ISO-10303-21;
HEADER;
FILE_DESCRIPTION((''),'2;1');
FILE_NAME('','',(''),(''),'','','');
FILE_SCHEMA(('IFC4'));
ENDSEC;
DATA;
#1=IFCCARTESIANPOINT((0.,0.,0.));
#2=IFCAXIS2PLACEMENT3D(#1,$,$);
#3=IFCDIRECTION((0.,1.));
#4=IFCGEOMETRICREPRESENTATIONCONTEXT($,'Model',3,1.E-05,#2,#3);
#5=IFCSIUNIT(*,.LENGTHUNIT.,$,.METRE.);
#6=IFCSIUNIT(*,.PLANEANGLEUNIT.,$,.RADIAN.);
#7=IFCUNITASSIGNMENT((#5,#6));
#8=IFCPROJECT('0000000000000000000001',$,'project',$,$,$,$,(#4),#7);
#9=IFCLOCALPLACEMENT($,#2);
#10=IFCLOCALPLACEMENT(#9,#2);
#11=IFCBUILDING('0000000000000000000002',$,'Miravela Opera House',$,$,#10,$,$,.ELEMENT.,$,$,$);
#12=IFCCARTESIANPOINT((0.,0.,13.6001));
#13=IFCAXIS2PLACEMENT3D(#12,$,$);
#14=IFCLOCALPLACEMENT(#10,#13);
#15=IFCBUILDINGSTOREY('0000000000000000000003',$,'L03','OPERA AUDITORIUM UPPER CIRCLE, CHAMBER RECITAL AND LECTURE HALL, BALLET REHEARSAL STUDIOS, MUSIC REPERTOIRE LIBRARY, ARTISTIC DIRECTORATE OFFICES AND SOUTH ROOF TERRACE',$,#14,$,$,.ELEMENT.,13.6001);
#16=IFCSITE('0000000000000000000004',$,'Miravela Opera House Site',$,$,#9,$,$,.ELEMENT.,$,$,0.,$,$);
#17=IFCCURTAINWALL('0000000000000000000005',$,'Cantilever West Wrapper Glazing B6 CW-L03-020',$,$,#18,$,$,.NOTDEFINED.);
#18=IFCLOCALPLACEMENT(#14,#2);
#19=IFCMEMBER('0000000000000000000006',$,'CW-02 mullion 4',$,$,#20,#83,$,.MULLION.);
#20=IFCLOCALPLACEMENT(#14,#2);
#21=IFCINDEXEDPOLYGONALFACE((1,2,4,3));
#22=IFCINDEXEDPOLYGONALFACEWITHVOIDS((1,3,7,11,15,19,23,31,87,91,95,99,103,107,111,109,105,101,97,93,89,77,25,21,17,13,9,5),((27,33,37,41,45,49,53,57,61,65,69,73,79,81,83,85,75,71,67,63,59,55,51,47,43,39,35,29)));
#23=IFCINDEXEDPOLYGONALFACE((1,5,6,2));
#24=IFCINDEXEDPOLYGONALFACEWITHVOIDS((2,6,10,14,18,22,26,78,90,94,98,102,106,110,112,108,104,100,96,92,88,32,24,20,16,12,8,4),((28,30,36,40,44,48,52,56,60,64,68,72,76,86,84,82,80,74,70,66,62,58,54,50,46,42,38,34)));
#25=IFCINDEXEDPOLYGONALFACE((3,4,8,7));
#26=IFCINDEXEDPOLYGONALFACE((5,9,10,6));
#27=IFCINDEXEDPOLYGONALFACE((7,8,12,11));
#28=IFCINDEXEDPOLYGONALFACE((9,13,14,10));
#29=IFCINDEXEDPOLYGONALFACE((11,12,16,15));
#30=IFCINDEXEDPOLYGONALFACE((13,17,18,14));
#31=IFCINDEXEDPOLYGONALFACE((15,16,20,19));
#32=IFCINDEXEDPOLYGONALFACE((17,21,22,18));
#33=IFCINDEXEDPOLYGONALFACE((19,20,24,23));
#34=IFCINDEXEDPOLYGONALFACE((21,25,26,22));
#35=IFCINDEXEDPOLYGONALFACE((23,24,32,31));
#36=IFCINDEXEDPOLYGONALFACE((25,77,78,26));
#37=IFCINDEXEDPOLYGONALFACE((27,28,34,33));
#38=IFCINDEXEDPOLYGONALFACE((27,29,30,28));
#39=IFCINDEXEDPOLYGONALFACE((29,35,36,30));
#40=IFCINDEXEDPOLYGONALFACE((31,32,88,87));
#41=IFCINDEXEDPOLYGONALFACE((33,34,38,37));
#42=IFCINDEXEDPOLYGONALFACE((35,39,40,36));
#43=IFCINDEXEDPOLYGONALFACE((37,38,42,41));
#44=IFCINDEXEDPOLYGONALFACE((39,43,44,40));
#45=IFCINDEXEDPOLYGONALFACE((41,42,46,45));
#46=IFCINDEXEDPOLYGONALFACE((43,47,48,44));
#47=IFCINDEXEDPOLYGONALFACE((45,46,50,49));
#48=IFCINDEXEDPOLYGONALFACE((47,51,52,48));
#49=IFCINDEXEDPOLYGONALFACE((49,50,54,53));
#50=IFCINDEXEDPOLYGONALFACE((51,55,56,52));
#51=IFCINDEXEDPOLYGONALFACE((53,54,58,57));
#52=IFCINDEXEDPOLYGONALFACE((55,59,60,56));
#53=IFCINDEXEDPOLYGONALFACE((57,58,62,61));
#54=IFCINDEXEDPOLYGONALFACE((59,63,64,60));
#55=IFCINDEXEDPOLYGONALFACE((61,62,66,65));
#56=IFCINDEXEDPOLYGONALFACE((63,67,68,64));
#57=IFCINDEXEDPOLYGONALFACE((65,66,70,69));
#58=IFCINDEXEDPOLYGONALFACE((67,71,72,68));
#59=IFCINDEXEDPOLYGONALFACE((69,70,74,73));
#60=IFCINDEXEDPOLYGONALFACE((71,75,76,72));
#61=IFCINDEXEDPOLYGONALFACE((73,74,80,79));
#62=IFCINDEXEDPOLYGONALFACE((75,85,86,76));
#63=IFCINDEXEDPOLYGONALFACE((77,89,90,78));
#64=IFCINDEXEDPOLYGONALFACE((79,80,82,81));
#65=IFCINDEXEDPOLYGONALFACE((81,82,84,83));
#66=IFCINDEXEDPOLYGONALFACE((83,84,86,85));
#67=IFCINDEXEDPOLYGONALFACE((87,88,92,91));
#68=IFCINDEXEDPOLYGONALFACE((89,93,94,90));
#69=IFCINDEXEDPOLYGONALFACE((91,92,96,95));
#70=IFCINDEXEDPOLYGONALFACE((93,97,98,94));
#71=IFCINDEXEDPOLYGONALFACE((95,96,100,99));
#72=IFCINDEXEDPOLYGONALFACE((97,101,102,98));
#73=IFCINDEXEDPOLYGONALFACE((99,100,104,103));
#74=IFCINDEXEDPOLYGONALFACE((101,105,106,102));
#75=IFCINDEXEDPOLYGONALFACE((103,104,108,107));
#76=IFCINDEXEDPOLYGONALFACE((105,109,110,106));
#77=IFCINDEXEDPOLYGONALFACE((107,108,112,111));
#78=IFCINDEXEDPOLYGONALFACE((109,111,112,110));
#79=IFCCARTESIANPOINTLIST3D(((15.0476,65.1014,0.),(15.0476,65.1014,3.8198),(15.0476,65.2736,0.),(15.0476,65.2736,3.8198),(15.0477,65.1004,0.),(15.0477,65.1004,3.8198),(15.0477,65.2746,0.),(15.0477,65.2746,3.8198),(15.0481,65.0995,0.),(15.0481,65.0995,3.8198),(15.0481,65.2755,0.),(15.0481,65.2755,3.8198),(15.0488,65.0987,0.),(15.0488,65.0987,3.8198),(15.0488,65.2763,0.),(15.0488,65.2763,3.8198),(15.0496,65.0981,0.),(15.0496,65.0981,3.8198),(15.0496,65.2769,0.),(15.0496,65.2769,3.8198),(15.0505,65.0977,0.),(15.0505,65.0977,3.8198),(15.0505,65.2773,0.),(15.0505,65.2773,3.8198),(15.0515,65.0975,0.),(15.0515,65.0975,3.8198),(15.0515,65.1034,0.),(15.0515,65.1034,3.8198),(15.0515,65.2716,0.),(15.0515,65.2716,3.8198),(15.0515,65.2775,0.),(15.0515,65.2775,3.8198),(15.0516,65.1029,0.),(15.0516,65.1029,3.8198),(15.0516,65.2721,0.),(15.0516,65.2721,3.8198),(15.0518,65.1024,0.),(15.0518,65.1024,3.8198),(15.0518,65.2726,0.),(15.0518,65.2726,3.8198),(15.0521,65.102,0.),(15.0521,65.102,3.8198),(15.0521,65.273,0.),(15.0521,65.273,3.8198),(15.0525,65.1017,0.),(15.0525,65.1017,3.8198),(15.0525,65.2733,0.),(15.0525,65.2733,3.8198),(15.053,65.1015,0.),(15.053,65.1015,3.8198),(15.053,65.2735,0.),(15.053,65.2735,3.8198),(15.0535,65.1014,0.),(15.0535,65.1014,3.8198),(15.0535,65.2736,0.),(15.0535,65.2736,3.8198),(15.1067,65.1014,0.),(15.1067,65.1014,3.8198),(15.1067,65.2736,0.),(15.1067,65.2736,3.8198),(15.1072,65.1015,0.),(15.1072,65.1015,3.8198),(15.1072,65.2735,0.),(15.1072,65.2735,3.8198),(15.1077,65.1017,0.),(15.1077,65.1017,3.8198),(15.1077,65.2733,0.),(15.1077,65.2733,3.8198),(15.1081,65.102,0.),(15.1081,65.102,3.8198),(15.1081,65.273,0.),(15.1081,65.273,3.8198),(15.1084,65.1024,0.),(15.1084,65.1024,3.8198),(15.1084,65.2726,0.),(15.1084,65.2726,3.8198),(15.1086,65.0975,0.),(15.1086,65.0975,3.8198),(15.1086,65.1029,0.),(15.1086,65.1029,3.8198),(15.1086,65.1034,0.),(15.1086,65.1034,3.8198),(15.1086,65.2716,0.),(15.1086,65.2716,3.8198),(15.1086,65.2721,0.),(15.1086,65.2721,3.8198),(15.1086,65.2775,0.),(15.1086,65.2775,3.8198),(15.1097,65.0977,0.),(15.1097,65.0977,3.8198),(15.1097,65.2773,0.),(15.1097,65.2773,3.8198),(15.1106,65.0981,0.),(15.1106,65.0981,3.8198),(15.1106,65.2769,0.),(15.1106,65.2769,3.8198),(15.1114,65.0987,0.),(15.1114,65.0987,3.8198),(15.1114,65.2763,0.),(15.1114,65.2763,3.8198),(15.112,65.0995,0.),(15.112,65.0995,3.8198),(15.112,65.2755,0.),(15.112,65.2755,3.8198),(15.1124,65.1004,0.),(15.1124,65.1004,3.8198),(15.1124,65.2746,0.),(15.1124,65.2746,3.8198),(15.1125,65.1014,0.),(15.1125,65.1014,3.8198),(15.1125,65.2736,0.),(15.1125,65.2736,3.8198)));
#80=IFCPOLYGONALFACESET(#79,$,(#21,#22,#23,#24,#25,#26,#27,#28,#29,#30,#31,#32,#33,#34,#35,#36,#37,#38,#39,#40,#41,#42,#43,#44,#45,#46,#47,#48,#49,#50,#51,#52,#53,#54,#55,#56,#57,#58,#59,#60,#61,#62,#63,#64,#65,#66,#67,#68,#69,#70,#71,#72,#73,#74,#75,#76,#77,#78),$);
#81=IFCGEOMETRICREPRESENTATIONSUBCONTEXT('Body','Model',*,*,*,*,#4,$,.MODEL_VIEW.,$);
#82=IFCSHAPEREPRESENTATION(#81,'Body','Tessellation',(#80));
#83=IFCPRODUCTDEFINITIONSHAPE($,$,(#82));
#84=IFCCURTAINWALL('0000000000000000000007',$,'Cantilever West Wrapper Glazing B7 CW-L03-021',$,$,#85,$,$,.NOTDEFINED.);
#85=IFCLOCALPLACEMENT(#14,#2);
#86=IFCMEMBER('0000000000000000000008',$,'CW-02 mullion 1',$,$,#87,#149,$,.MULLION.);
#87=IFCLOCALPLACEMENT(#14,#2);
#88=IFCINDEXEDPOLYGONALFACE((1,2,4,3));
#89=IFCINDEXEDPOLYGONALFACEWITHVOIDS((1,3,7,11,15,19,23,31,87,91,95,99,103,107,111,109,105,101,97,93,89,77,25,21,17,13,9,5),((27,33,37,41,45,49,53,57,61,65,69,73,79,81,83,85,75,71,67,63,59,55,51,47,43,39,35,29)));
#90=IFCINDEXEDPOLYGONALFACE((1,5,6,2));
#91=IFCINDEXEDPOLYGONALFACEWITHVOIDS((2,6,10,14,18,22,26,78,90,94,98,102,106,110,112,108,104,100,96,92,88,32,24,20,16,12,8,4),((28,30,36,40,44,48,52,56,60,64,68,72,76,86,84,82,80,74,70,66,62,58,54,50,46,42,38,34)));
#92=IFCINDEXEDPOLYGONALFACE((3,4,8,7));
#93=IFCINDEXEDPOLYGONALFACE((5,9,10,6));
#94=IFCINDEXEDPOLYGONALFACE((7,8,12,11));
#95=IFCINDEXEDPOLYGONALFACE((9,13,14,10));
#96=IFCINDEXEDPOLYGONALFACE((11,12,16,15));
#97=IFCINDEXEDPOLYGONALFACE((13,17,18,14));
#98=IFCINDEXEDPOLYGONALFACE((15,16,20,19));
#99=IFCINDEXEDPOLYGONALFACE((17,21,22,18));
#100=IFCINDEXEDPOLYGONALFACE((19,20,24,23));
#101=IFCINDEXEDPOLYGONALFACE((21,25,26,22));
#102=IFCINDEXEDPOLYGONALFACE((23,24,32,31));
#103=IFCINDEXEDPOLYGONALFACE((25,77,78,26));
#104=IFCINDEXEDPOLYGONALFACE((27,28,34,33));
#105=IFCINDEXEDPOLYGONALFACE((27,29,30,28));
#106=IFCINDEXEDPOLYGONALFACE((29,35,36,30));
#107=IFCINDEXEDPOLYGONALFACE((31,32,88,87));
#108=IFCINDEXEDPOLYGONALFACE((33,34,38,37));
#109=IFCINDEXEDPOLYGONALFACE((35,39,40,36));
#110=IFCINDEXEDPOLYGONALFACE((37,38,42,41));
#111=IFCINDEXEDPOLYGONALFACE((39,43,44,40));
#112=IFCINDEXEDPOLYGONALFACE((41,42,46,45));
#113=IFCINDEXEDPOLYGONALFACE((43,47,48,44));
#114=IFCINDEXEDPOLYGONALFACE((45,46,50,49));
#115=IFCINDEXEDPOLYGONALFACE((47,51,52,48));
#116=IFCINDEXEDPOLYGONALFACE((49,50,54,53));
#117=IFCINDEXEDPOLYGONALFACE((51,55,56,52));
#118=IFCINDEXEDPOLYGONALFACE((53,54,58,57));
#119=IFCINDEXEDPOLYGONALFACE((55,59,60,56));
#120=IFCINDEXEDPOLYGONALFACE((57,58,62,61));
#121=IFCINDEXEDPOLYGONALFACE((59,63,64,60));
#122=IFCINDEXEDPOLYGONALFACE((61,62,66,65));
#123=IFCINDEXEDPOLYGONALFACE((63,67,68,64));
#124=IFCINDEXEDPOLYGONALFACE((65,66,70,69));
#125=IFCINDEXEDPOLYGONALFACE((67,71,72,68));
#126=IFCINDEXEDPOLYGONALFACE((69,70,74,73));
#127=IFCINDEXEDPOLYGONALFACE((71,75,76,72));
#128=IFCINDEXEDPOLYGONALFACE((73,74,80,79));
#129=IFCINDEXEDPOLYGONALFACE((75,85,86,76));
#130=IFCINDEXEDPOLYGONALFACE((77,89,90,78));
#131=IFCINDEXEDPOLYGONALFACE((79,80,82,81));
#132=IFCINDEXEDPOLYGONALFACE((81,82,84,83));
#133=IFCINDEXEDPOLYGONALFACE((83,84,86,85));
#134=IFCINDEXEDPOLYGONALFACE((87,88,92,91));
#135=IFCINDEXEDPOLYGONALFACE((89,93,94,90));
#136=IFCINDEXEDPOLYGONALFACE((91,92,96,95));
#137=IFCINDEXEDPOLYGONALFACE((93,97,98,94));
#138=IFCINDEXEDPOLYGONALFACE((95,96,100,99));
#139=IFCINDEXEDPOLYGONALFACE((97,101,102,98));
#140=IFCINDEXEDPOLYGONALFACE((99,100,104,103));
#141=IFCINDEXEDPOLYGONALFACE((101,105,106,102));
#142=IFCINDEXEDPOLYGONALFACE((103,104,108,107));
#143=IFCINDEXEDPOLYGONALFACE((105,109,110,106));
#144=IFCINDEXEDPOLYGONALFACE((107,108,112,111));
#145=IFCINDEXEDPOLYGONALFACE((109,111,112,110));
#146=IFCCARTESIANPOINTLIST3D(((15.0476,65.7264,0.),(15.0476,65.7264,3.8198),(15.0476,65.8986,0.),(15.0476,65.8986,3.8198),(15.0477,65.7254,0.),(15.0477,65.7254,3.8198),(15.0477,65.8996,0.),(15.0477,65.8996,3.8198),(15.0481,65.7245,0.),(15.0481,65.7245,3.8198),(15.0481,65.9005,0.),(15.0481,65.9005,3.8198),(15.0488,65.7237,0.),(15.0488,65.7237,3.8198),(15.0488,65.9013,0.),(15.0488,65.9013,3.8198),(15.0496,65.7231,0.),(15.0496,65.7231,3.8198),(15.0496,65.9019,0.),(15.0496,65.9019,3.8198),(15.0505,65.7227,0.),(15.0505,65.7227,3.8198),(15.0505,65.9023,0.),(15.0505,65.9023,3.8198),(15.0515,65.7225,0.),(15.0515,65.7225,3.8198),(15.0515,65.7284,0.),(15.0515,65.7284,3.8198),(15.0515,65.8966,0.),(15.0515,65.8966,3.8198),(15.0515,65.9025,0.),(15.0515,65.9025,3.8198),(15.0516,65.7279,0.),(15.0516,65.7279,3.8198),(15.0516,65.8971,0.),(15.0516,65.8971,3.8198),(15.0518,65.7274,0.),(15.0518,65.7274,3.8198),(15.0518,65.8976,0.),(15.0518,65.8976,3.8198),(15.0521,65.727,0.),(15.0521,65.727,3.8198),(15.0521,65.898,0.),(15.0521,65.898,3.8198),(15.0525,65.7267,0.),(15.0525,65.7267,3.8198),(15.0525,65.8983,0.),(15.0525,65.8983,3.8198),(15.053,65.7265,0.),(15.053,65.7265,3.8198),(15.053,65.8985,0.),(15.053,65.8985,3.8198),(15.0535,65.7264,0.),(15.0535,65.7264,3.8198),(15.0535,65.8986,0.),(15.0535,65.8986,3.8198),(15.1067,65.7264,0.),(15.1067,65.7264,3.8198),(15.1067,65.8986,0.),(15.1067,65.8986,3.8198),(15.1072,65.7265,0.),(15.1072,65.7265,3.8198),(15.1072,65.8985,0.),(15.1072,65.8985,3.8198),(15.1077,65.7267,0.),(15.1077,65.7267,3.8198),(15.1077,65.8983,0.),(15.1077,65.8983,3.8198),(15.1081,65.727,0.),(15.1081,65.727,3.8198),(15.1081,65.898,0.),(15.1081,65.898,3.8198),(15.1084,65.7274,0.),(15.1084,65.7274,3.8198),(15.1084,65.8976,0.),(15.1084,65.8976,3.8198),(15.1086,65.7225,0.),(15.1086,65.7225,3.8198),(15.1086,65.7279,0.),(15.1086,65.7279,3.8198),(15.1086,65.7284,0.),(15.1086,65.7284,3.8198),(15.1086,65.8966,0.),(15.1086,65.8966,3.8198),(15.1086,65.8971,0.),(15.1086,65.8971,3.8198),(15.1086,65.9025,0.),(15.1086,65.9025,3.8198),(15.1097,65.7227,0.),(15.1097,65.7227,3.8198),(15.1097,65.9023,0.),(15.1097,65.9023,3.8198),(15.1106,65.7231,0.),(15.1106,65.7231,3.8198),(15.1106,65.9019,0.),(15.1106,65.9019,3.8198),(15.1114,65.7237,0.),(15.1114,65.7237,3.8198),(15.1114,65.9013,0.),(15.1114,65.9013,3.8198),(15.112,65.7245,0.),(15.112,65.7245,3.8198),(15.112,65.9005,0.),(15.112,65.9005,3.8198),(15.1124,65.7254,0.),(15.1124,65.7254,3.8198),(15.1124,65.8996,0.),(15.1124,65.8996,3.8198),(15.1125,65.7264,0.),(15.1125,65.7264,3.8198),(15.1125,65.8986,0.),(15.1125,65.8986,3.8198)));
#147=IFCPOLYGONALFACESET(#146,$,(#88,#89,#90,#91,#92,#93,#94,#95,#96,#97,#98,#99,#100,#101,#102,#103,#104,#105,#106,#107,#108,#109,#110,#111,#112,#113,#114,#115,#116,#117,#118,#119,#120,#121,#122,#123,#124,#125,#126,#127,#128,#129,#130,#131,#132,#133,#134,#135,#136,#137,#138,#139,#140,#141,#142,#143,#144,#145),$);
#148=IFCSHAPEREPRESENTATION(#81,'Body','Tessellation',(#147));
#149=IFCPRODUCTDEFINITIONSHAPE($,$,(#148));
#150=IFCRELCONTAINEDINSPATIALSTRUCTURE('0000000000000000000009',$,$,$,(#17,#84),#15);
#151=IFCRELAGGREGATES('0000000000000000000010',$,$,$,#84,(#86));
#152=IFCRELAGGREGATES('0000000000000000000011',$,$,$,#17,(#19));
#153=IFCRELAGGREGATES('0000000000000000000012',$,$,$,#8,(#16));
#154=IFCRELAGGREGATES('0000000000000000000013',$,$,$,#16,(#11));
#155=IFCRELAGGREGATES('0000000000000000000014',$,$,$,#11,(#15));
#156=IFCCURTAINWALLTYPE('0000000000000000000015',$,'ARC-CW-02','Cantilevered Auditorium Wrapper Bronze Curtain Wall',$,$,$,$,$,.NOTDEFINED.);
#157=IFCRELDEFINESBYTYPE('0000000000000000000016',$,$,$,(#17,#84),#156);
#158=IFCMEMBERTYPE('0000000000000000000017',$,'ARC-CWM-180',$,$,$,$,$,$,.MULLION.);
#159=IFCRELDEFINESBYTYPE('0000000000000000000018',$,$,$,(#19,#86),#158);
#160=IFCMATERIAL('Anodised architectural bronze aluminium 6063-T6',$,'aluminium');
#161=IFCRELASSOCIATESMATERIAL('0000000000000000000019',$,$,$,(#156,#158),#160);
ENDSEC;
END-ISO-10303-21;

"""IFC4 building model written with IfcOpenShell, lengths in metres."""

from ifc_helpers import new_model, si_unit, direction, frame, origin, origin_2d, place, context, subcontext, project, spatial, hollow_rectangle, extrude, material, material_profile, profile_set, type_object, element, aggregate, save


model = new_model("IFC4")

# Units and contexts
model_context = context("Model", 3, precision=1e-05, world=origin(), true_north=direction((0.0, 1.0)))
body_context = subcontext(model_context, "Body", "Model", "MODEL_VIEW")
ifc_project = project(units=[si_unit("LENGTHUNIT", "METRE"), si_unit("PLANEANGLEUNIT", "RADIAN")], contexts=[model_context])

# Site, building, storey
site_placement = place(None, origin())
site = spatial("IfcSite", under=ifc_project, at=site_placement, Name="Miravela Opera House Site", CompositionType="ELEMENT", RefElevation=0.0)
building_placement = place(site_placement, origin())
building = spatial("IfcBuilding", under=site, at=building_placement, Name="Miravela Opera House", CompositionType="ELEMENT")
storey_placement = place(building_placement, frame((0.0, 0.0, 13.6001)))
storey = spatial("IfcBuildingStorey", under=building, at=storey_placement, Name="L03", Description="OPERA AUDITORIUM UPPER CIRCLE, CHAMBER RECITAL AND LECTURE HALL, BALLET REHEARSAL STUDIOS, MUSIC REPERTOIRE LIBRARY, ARTISTIC DIRECTORATE OFFICES AND SOUTH ROOF TERRACE", CompositionType="ELEMENT", Elevation=13.6001)

# Curtain wall, member
ifc_material_1 = material(Name="Anodised architectural bronze aluminium 6063-T6", Category="aluminium")
curtain_wall_type = type_object("IfcCurtainWallType", Name="ARC-CW-02", Description="Cantilevered Auditorium Wrapper Bronze Curtain Wall", PredefinedType="NOTDEFINED", material=ifc_material_1)
curtain_wall_1_placement = place(storey_placement, origin())
curtain_wall_1 = element("IfcCurtainWall", 1, at=curtain_wall_1_placement, inside=storey, type_object=curtain_wall_type, Name="Cantilever West Wrapper Glazing B6 CW-L03-020", PredefinedType="NOTDEFINED")
ifc_material_profile_1 = material_profile(ifc_material_1, hollow_rectangle(XDim=0.0649, YDim=0.1799, WallThickness=0.0039, InnerFilletRadius=0.002, OuterFilletRadius=0.0039, at=origin_2d()), Name="CWM-65X180")
ifc_profile_set_1 = profile_set([ifc_material_profile_1])
member_type_1 = type_object("IfcMemberType", Name="ARC-CWM-180", PredefinedType="MULLION", material=ifc_profile_set_1)
member_1_placement = place(storey_placement, frame((15.0801, 65.1875, 0.0), z_axis=(0.0, 0.0, 1.0), x_axis=(-1.0, 0.0, 0.0)))
member_1 = element("IfcMember", 2, at=member_1_placement, type_object=member_type_1, Name="CW-02 mullion 4", PredefinedType="MULLION", context=body_context, shape_type="SweptSolid", body=[
    extrude(hollow_rectangle(XDim=0.0649, YDim=0.1799, WallThickness=0.0039, InnerFilletRadius=0.002, OuterFilletRadius=0.0039, at=origin_2d()), origin(), (0.0, 0.0, 1.0), 3.8198),
])

# Curtain wall, member
curtain_wall_2_placement = place(storey_placement, origin())
curtain_wall_2 = element("IfcCurtainWall", 3, at=curtain_wall_2_placement, inside=storey, type_object=curtain_wall_type, Name="Cantilever West Wrapper Glazing B7 CW-L03-021", PredefinedType="NOTDEFINED")
member_2_placement = place(storey_placement, frame((15.0801, 65.8125, 0.0), z_axis=(0.0, 0.0, 1.0), x_axis=(-1.0, 0.0, 0.0)))
member_2 = element("IfcMember", 4, at=member_2_placement, type_object=member_type_1, Name="CW-02 mullion 1", PredefinedType="MULLION", context=body_context, shape_type="SweptSolid", body=[
    extrude(hollow_rectangle(XDim=0.0649, YDim=0.1799, WallThickness=0.0039, InnerFilletRadius=0.002, OuterFilletRadius=0.0039, at=origin_2d()), origin(), (0.0, 0.0, 1.0), 3.8198),
])

aggregate(curtain_wall_2, [member_2])

aggregate(curtain_wall_1, [member_1])

save(model, "model.ifc")
